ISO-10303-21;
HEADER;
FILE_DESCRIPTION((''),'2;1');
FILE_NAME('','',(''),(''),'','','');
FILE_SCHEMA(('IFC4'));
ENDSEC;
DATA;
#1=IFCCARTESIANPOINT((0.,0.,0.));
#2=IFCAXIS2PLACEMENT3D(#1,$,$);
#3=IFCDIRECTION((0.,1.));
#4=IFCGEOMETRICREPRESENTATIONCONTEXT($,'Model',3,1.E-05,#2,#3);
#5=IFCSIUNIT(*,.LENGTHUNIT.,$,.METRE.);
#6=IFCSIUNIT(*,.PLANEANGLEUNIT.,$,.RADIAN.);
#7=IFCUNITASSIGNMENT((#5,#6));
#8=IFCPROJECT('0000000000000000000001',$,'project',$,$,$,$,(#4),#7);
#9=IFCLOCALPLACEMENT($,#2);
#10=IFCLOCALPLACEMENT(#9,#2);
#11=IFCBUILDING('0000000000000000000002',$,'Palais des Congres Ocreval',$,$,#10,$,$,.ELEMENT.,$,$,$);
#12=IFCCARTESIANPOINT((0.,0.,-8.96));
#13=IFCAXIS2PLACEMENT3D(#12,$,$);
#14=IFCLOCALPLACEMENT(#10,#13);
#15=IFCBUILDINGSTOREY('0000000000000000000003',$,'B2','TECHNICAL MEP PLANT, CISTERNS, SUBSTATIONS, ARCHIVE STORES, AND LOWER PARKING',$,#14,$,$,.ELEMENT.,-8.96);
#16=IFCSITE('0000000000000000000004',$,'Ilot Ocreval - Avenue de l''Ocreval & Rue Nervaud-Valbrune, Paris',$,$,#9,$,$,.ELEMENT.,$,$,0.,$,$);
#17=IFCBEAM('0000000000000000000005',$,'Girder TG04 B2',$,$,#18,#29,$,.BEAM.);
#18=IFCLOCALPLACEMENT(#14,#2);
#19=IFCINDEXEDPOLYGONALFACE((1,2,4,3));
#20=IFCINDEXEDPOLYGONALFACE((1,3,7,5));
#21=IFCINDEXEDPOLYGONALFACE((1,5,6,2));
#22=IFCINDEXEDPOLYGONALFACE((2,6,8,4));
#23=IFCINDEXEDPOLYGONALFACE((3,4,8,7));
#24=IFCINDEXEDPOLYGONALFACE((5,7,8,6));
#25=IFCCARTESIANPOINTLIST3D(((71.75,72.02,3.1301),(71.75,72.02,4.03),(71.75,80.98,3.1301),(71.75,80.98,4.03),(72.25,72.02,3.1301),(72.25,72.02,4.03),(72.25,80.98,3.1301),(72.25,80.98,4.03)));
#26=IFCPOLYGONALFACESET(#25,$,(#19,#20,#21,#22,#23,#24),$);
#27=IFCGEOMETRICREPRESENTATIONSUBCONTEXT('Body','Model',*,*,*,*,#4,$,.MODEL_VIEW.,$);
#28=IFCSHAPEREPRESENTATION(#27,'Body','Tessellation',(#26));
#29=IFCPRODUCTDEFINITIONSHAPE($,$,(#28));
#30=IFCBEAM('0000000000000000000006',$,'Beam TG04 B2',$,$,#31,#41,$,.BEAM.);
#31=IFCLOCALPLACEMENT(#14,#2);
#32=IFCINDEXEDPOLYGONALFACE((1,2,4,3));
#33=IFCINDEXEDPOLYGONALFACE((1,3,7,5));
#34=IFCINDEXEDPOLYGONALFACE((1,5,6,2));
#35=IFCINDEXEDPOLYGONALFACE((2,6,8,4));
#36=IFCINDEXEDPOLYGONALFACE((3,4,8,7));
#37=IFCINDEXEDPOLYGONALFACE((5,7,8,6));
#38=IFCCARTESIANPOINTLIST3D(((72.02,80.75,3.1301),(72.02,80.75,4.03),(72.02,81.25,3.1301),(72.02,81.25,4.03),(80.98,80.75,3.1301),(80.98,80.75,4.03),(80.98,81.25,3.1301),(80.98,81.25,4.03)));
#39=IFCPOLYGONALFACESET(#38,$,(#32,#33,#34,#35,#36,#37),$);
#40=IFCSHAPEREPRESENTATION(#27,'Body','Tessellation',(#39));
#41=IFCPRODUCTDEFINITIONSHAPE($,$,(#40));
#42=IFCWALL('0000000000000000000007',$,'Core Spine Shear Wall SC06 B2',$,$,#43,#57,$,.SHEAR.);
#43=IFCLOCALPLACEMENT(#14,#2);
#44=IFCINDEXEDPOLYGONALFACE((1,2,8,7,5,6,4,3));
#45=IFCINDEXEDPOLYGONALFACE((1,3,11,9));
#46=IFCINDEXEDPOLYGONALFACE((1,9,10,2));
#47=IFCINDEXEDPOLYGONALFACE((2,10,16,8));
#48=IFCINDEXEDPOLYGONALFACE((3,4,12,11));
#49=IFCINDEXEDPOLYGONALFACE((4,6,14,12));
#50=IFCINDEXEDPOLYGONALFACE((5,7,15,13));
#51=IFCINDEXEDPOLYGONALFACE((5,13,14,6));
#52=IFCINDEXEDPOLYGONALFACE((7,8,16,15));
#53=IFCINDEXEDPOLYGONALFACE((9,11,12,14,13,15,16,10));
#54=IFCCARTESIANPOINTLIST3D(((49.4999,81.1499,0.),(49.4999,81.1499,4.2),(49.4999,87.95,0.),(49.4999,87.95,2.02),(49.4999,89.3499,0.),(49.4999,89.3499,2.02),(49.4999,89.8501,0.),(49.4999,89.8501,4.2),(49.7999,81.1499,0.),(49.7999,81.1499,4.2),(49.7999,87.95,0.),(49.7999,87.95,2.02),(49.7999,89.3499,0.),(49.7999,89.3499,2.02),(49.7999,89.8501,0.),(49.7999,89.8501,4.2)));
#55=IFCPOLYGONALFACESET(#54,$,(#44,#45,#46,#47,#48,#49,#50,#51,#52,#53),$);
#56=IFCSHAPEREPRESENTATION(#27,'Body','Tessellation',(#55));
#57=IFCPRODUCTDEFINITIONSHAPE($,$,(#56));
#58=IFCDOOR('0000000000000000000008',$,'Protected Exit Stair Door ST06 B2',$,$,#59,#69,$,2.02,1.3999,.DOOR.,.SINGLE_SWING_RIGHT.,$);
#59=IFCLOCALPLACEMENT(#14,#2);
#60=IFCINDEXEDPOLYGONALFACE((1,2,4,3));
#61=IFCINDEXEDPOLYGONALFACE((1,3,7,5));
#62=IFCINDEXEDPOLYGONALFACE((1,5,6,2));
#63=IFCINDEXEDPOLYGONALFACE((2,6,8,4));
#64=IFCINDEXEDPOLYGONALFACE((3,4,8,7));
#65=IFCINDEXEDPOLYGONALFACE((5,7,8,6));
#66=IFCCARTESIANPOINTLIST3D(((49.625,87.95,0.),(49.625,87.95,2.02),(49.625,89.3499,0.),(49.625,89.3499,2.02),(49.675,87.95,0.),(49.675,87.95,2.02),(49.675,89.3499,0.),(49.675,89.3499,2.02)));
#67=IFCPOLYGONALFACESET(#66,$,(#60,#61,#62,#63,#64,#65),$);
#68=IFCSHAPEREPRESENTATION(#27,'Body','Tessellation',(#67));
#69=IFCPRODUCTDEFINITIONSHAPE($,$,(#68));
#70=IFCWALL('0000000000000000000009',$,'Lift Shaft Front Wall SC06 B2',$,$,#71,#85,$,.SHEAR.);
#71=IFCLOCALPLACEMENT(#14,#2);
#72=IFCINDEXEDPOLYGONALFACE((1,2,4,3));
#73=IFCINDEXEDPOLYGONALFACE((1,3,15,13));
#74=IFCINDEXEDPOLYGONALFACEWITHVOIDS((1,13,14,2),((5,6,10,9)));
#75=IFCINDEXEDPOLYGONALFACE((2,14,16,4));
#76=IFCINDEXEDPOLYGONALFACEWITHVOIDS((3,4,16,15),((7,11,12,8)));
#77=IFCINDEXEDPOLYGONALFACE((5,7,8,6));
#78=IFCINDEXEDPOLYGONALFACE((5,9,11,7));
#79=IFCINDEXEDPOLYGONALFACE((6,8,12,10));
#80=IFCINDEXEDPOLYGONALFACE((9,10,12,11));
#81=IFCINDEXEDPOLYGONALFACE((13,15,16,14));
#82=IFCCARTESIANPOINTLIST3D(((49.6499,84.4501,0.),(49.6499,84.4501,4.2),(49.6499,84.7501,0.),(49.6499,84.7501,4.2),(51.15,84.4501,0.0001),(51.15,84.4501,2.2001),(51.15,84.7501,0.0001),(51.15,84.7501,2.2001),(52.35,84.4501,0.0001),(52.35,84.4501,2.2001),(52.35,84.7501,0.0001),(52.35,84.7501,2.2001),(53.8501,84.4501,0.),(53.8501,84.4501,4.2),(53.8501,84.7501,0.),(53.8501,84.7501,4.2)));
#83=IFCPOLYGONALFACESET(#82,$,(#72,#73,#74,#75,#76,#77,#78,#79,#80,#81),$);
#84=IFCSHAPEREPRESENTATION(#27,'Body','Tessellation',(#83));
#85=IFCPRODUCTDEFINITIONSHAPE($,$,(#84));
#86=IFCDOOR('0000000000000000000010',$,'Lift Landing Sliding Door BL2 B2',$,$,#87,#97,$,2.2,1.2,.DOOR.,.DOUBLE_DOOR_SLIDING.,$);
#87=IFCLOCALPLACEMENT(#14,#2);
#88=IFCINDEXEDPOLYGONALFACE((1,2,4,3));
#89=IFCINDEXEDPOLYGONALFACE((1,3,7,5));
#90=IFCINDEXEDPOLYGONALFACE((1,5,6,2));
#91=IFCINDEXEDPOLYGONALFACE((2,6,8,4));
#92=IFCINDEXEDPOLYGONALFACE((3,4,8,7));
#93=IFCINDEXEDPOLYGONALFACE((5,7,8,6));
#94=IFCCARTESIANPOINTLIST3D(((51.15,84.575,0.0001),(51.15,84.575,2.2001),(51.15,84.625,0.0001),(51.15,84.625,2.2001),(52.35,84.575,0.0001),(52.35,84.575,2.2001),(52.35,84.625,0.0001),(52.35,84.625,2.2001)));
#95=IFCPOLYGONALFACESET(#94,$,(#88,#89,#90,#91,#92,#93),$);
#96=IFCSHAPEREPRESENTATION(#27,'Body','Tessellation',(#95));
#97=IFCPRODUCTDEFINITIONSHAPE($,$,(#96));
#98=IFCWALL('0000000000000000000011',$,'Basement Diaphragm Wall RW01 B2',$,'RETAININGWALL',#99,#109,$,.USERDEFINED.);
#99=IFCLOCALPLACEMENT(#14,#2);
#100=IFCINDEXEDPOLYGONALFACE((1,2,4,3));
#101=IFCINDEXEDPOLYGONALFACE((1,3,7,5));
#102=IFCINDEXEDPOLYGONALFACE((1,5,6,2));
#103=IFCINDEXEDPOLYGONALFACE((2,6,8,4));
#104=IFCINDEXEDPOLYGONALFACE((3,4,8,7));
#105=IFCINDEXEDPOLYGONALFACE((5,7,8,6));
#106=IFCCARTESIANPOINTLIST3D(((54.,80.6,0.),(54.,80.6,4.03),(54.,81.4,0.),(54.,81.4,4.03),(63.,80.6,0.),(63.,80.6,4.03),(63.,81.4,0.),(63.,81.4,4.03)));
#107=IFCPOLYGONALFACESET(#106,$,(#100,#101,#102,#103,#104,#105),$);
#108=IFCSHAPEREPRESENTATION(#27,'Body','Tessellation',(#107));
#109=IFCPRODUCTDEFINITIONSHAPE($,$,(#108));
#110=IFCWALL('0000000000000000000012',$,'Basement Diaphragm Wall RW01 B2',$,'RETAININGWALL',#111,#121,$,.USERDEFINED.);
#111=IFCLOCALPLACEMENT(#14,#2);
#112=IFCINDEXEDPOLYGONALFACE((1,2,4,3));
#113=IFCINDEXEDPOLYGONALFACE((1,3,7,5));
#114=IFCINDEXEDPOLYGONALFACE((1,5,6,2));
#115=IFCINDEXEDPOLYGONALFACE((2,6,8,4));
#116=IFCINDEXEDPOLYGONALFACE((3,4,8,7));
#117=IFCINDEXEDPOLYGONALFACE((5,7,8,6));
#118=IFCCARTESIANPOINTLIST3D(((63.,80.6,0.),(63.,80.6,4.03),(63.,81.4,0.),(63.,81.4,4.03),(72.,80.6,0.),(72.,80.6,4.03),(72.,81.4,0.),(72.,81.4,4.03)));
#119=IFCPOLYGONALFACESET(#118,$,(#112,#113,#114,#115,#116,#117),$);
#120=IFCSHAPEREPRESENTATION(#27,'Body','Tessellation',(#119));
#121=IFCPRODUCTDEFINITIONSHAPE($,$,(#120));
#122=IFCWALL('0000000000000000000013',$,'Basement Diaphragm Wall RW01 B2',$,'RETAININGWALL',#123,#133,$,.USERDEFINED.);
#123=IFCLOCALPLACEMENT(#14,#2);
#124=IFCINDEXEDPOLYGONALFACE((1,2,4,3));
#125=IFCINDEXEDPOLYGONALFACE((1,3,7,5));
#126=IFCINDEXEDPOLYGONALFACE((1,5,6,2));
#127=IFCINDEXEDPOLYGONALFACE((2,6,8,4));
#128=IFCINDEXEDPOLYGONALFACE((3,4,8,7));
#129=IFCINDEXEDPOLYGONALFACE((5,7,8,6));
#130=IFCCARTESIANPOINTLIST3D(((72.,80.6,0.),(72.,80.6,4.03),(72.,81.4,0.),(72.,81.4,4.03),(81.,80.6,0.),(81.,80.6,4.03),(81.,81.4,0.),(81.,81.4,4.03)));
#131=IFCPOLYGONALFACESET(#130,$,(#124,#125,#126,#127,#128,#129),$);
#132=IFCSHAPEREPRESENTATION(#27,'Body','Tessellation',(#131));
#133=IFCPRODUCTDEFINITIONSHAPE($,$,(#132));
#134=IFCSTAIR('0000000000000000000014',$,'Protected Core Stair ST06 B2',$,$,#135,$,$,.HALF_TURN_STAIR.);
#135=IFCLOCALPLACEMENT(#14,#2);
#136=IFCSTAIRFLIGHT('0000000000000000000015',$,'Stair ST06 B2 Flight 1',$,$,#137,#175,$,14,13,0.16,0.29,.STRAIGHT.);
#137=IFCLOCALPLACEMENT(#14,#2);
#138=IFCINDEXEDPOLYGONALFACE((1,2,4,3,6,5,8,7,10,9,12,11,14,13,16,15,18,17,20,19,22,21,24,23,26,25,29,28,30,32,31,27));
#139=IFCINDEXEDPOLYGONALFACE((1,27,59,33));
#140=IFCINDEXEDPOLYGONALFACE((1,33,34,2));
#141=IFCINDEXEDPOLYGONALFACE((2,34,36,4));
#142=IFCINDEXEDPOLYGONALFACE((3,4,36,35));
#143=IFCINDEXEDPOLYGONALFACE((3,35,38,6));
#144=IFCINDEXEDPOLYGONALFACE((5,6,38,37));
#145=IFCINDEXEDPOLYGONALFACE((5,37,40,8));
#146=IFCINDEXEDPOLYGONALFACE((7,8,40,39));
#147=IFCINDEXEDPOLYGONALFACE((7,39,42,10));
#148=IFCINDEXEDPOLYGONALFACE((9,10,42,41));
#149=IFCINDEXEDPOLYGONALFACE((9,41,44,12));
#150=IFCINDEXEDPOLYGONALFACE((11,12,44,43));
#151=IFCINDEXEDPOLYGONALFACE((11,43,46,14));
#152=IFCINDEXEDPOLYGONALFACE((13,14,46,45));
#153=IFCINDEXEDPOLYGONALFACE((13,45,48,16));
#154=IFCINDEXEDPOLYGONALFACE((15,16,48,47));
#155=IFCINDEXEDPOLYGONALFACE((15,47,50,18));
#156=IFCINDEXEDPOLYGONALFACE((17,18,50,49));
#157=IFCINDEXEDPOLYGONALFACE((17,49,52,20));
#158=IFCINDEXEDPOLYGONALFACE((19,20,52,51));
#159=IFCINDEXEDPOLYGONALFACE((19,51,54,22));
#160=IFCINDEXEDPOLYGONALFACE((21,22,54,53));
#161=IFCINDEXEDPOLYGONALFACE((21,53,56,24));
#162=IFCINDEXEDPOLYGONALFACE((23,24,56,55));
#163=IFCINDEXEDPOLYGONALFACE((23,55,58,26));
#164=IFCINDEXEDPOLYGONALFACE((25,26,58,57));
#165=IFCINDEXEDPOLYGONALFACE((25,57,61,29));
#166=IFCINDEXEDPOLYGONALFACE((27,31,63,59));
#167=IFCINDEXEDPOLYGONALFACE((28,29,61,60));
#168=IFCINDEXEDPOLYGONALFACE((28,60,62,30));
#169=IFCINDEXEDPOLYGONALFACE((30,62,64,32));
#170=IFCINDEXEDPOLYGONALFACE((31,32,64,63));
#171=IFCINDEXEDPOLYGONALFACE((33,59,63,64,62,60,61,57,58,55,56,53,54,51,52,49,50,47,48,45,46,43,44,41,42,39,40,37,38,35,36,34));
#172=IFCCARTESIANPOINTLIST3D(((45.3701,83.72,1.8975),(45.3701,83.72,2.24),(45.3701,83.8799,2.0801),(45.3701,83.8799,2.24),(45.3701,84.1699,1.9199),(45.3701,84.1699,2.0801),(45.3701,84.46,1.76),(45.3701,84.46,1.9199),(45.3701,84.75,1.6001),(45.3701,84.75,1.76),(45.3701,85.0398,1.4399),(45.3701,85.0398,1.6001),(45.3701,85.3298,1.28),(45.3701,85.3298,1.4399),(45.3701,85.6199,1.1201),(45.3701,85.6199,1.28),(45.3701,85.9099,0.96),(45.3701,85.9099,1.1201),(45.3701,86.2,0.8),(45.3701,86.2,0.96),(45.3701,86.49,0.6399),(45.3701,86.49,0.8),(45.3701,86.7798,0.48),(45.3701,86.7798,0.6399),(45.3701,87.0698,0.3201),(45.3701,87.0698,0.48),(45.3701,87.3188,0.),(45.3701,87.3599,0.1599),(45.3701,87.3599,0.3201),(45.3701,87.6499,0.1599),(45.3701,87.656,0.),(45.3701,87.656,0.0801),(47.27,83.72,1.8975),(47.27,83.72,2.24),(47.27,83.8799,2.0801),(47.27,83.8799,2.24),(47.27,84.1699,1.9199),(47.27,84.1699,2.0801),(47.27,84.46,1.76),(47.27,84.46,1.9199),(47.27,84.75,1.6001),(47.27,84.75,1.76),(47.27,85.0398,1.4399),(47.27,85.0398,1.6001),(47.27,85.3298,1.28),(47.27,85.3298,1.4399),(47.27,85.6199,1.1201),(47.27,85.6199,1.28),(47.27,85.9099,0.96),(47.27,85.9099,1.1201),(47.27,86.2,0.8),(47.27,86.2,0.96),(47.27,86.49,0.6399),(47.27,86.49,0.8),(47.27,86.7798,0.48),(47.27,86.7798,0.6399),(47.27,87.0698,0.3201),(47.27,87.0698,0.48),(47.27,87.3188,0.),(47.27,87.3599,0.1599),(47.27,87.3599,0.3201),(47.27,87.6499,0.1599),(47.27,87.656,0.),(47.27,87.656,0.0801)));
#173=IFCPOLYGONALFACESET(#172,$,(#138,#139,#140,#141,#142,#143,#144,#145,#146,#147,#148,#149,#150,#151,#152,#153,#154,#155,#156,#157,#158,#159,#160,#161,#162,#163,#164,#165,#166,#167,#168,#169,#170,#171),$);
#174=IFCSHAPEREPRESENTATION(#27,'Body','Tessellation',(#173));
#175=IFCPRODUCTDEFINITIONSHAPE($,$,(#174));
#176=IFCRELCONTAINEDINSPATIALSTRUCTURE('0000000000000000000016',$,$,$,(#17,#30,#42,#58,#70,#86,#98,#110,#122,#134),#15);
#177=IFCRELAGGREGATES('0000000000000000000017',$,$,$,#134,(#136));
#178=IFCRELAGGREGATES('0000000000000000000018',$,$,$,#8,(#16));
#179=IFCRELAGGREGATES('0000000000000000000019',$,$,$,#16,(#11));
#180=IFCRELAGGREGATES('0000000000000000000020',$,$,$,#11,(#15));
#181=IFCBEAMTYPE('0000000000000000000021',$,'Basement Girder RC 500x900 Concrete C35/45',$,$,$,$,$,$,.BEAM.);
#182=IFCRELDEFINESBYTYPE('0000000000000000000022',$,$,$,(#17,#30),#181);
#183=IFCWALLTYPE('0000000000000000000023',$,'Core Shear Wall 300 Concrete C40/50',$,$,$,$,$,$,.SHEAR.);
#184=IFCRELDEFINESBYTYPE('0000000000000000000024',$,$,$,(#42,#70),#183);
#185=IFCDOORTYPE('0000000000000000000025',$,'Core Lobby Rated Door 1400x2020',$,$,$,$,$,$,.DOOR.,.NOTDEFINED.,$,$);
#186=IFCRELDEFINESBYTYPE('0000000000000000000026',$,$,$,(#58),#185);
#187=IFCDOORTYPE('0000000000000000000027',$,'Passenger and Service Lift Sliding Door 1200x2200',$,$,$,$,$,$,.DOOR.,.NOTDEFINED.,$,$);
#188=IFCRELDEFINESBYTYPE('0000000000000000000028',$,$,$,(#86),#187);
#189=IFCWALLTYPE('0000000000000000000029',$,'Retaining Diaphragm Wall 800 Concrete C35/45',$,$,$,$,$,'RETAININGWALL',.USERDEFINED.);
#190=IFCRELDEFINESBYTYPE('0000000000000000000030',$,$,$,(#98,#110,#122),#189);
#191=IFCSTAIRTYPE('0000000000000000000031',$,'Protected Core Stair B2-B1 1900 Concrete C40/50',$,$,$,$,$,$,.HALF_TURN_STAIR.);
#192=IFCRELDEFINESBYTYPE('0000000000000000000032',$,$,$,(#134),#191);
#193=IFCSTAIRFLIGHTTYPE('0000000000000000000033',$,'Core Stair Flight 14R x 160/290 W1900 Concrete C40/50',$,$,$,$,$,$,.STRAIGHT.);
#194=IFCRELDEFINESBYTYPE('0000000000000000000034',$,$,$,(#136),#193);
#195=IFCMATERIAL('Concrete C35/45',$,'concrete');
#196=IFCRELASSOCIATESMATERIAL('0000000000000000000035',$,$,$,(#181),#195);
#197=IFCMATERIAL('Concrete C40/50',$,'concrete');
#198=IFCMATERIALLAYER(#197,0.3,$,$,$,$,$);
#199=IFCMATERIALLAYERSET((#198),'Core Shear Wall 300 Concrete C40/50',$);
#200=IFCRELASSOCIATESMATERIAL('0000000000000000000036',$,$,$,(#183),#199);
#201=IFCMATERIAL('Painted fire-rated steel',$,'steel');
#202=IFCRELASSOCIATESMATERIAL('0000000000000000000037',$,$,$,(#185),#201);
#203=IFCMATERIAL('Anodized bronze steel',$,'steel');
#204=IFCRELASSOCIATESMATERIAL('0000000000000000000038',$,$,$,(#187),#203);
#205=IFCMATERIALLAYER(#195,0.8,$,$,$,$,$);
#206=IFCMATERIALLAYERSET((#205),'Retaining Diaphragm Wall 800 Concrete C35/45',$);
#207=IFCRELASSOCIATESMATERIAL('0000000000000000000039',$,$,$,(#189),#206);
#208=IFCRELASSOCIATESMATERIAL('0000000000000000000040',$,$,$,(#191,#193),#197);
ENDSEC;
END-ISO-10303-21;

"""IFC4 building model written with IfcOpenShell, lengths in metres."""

from ifc_helpers import new_model, si_unit, direction, frame, frame_2d, origin, origin_2d, place, context, subcontext, project, spatial, polyline, rectangle, outline, extrude, material, layer, layer_set, material_profile, profile_set, type_object, element, fill, aggregate, save


model = new_model("IFC4")

# Units and contexts
model_context = context("Model", 3, precision=1e-05, world=origin(), true_north=direction((0.0, 1.0)))
body_context = subcontext(model_context, "Body", "Model", "MODEL_VIEW")
ifc_project = project(units=[si_unit("LENGTHUNIT", "METRE"), si_unit("PLANEANGLEUNIT", "RADIAN")], contexts=[model_context])

# Site, building, storey
site_placement = place(None, origin())
site = spatial("IfcSite", under=ifc_project, at=site_placement, Name="Ilot Ocreval - Avenue de l'Ocreval & Rue Nervaud-Valbrune, Paris", CompositionType="ELEMENT", RefElevation=0.0)
building_placement = place(site_placement, origin())
building = spatial("IfcBuilding", under=site, at=building_placement, Name="Palais des Congres Ocreval", CompositionType="ELEMENT")
storey_placement = place(building_placement, frame((0.0, 0.0, -8.96)))
storey = spatial("IfcBuildingStorey", under=building, at=storey_placement, Name="B2", Description="TECHNICAL MEP PLANT, CISTERNS, SUBSTATIONS, ARCHIVE STORES, AND LOWER PARKING", CompositionType="ELEMENT", Elevation=-8.96)

# Shared definitions
ifc_material_1 = material(Name="Concrete C35/45", Category="concrete")

# Beams
ifc_material_profile_1 = material_profile(ifc_material_1, rectangle(XDim=0.5, YDim=0.8999, at=origin_2d()), Name="RC 500x900")
ifc_profile_set_1 = profile_set([ifc_material_profile_1], Name="Concrete C35/45")
beam_type = type_object("IfcBeamType", Name="Basement Girder RC 500x900 Concrete C35/45", PredefinedType="BEAM", material=ifc_profile_set_1)
for number, where, z_axis, x_axis, name in (
    (1, (72.0, 72.02, 3.5801), (0.0, 1.0, 0.0), (-1.0, 0.0, 0.0), "Girder TG04 B2"),
    (2, (72.02, 81.0, 3.5801), (1.0, 0.0, 0.0), (0.0, 1.0, 0.0), "Beam TG04 B2"),
):
    element("IfcBeam", number, at=place(storey_placement, frame(where, z_axis=z_axis, x_axis=x_axis)), inside=storey, type_object=beam_type, Name=name, PredefinedType="BEAM", context=body_context, shape_type="SweptSolid", body=[
        extrude(rectangle(XDim=0.5, YDim=0.8999, at=origin_2d()), origin(), (0.0, 0.0, 1.0), 8.96),
    ])

# Walls, openings, doors
ifc_material_2 = material(Name="Concrete C40/50", Category="concrete")
ifc_layer_1 = layer(ifc_material_2, 0.3)
ifc_layer_set_1 = layer_set([ifc_layer_1], Name="Core Shear Wall 300 Concrete C40/50")
wall_type_1 = type_object("IfcWallType", Name="Core Shear Wall 300 Concrete C40/50", PredefinedType="SHEAR", material=ifc_layer_set_1)
wall_1_placement = place(storey_placement, frame((49.6499, 81.1499, 0.0), z_axis=(0.0, 0.0, 1.0), x_axis=(0.0, 1.0, 0.0)))
wall_1 = element("IfcWall", 3, at=wall_1_placement, inside=storey, type_object=wall_type_1, Name="Core Spine Shear Wall SC06 B2", PredefinedType="SHEAR", context=body_context, shape_type="SweptSolid", body=[
    extrude(rectangle(XDim=8.7002, YDim=0.3, at=frame_2d((4.3501, 0.0))), origin(), (0.0, 0.0, 1.0), 4.2),
])
opening_1_placement = place(wall_1_placement, frame((6.8, 0.0, 0.0)))
opening_1 = element("IfcOpeningElement", 4, at=opening_1_placement, cuts=wall_1, PredefinedType="OPENING", context=body_context, shape_type="SweptSolid", body=[
    extrude(rectangle(XDim=1.3999, YDim=2.02, at=frame_2d((0.7, 1.01))), frame((0.0, 0.1599, 0.0), z_axis=(0.0, -1.0, 0.0), x_axis=(1.0, 0.0, 0.0)), (0.0, 0.0, 1.0), 0.3201),
])
ifc_material_3 = material(Name="Painted fire-rated steel", Category="steel")
door_type_1 = type_object("IfcDoorType", Name="Core Lobby Rated Door 1400x2020", OperationType="NOTDEFINED", PredefinedType="DOOR", material=ifc_material_3)
door_1_placement = place(opening_1_placement, origin())
door_1 = element("IfcDoor", 5, at=door_1_placement, inside=storey, type_object=door_type_1, Name="Protected Exit Stair Door ST06 B2", OperationType="SINGLE_SWING_RIGHT", OverallHeight=2.02, OverallWidth=1.3999, PredefinedType="DOOR", context=body_context, shape_type="SweptSolid", body=[
    extrude(rectangle(XDim=1.3999, YDim=2.02, at=frame_2d((0.7, 1.01))), frame((0.0, 0.0249, 0.0), z_axis=(0.0, -1.0, 0.0), x_axis=(1.0, 0.0, 0.0)), (0.0, 0.0, 1.0), 0.05),
])
fill(opening_1, door_1)
wall_2_placement = place(storey_placement, frame((49.6499, 84.6001, 0.0), z_axis=(0.0, 0.0, 1.0), x_axis=(1.0, 0.0, 0.0)))
wall_2 = element("IfcWall", 6, at=wall_2_placement, inside=storey, type_object=wall_type_1, Name="Lift Shaft Front Wall SC06 B2", PredefinedType="SHEAR", context=body_context, shape_type="SweptSolid", body=[
    extrude(rectangle(XDim=4.2002, YDim=0.3, at=frame_2d((2.1001, 0.0))), origin(), (0.0, 0.0, 1.0), 4.2),
])
opening_2_placement = place(wall_2_placement, frame((1.5, 0.0, 0.0)))
opening_2 = element("IfcOpeningElement", 7, at=opening_2_placement, cuts=wall_2, PredefinedType="OPENING", context=body_context, shape_type="SweptSolid", body=[
    extrude(rectangle(XDim=1.2, YDim=2.2, at=frame_2d((0.6001, 1.1001))), frame((0.0, 0.1599, 0.0), z_axis=(0.0, -1.0, 0.0), x_axis=(1.0, 0.0, 0.0)), (0.0, 0.0, 1.0), 0.3201),
])
ifc_material_4 = material(Name="Anodized bronze steel", Category="steel")
door_type_2 = type_object("IfcDoorType", Name="Passenger and Service Lift Sliding Door 1200x2200", OperationType="NOTDEFINED", PredefinedType="DOOR", material=ifc_material_4)
door_2_placement = place(opening_2_placement, origin())
door_2 = element("IfcDoor", 8, at=door_2_placement, inside=storey, type_object=door_type_2, Name="Lift Landing Sliding Door BL2 B2", OperationType="DOUBLE_DOOR_SLIDING", OverallHeight=2.2, OverallWidth=1.2, PredefinedType="DOOR", context=body_context, shape_type="SweptSolid", body=[
    extrude(rectangle(XDim=1.2, YDim=2.2, at=frame_2d((0.6001, 1.1001))), frame((0.0, 0.0249, 0.0), z_axis=(0.0, -1.0, 0.0), x_axis=(1.0, 0.0, 0.0)), (0.0, 0.0, 1.0), 0.05),
])
fill(opening_2, door_2)

# Walls
ifc_layer_2 = layer(ifc_material_1, 0.8)
ifc_layer_set_2 = layer_set([ifc_layer_2], Name="Retaining Diaphragm Wall 800 Concrete C35/45")
wall_type_2 = type_object("IfcWallType", Name="Retaining Diaphragm Wall 800 Concrete C35/45", ElementType="RETAININGWALL", PredefinedType="USERDEFINED", material=ifc_layer_set_2)
for number, where, z_axis, x_axis, name in (
    (9, (54.0, 81.0, 0.0), (0.0, 0.0, 1.0), (1.0, 0.0, 0.0), "Basement Diaphragm Wall RW01 B2"),
    (10, (63.0, 81.0, 0.0), (0.0, 0.0, 1.0), (1.0, 0.0, 0.0), "Basement Diaphragm Wall RW01 B2"),
    (11, (72.0, 81.0, 0.0), (0.0, 0.0, 1.0), (1.0, 0.0, 0.0), "Basement Diaphragm Wall RW01 B2"),
):
    element("IfcWall", number, at=place(storey_placement, frame(where, z_axis=z_axis, x_axis=x_axis)), inside=storey, type_object=wall_type_2, Name=name, ObjectType="RETAININGWALL", PredefinedType="USERDEFINED", context=body_context, shape_type="SweptSolid", body=[
        extrude(rectangle(XDim=9.0, YDim=0.8, at=frame_2d((4.5, 0.0))), origin(), (0.0, 0.0, 1.0), 4.03),
    ])

# Stair, stair flight
stair_type = type_object("IfcStairType", Name="Protected Core Stair B2-B1 1900 Concrete C40/50", PredefinedType="HALF_TURN_STAIR", material=ifc_material_2)
stair_placement = place(storey_placement, origin())
stair = element("IfcStair", 12, at=stair_placement, inside=storey, type_object=stair_type, Name="Protected Core Stair ST06 B2", PredefinedType="HALF_TURN_STAIR")
stair_flight_type = type_object("IfcStairFlightType", Name="Core Stair Flight 14R x 160/290 W1900 Concrete C40/50", PredefinedType="STRAIGHT", material=ifc_material_2)
stair_flight_1_placement = place(storey_placement, frame((46.3201, 87.6499, 0.0), z_axis=(0.0, 0.0, 1.0), x_axis=(0.0, -1.0, 0.0)))
stair_flight_1 = element("IfcStairFlight", 13, at=stair_flight_1_placement, type_object=stair_flight_type, Name="Stair ST06 B2 Flight 1", NumberOfRisers=14, NumberOfTreads=13, PredefinedType="STRAIGHT", RiserHeight=0.16, TreadLength=0.29, context=body_context, shape_type="SweptSolid", body=[
    extrude(outline(polyline([(-0.0061, 0.0), (-0.0061, 0.0801), (0.0, 0.1599), (0.29, 0.1599), (0.29, 0.3201), (0.5801, 0.3201), (0.5801, 0.48), (0.8701, 0.48), (0.8701, 0.6399), (1.1599, 0.6399), (1.1599, 0.8), (1.45, 0.8), (1.45, 0.96), (1.74, 0.96), (1.74, 1.1201), (2.03, 1.1201), (2.03, 1.28), (2.3201, 1.28), (2.3201, 1.4399), (2.6101, 1.4399), (2.6101, 1.6001), (2.8999, 1.6001), (2.8999, 1.76), (3.1899, 1.76), (3.1899, 1.9199), (3.48, 1.9199), (3.48, 2.0801), (3.77, 2.0801), (3.77, 2.24), (3.9299, 2.24), (3.9299, 1.8975), (0.3311, 0.0), (-0.0061, 0.0)])), frame((0.0, 0.95, 0.0), z_axis=(0.0, -1.0, 0.0), x_axis=(1.0, 0.0, 0.0)), (0.0, 0.0, 1.0), 1.8999),
])
aggregate(stair, [stair_flight_1])

save(model, "model.ifc")
